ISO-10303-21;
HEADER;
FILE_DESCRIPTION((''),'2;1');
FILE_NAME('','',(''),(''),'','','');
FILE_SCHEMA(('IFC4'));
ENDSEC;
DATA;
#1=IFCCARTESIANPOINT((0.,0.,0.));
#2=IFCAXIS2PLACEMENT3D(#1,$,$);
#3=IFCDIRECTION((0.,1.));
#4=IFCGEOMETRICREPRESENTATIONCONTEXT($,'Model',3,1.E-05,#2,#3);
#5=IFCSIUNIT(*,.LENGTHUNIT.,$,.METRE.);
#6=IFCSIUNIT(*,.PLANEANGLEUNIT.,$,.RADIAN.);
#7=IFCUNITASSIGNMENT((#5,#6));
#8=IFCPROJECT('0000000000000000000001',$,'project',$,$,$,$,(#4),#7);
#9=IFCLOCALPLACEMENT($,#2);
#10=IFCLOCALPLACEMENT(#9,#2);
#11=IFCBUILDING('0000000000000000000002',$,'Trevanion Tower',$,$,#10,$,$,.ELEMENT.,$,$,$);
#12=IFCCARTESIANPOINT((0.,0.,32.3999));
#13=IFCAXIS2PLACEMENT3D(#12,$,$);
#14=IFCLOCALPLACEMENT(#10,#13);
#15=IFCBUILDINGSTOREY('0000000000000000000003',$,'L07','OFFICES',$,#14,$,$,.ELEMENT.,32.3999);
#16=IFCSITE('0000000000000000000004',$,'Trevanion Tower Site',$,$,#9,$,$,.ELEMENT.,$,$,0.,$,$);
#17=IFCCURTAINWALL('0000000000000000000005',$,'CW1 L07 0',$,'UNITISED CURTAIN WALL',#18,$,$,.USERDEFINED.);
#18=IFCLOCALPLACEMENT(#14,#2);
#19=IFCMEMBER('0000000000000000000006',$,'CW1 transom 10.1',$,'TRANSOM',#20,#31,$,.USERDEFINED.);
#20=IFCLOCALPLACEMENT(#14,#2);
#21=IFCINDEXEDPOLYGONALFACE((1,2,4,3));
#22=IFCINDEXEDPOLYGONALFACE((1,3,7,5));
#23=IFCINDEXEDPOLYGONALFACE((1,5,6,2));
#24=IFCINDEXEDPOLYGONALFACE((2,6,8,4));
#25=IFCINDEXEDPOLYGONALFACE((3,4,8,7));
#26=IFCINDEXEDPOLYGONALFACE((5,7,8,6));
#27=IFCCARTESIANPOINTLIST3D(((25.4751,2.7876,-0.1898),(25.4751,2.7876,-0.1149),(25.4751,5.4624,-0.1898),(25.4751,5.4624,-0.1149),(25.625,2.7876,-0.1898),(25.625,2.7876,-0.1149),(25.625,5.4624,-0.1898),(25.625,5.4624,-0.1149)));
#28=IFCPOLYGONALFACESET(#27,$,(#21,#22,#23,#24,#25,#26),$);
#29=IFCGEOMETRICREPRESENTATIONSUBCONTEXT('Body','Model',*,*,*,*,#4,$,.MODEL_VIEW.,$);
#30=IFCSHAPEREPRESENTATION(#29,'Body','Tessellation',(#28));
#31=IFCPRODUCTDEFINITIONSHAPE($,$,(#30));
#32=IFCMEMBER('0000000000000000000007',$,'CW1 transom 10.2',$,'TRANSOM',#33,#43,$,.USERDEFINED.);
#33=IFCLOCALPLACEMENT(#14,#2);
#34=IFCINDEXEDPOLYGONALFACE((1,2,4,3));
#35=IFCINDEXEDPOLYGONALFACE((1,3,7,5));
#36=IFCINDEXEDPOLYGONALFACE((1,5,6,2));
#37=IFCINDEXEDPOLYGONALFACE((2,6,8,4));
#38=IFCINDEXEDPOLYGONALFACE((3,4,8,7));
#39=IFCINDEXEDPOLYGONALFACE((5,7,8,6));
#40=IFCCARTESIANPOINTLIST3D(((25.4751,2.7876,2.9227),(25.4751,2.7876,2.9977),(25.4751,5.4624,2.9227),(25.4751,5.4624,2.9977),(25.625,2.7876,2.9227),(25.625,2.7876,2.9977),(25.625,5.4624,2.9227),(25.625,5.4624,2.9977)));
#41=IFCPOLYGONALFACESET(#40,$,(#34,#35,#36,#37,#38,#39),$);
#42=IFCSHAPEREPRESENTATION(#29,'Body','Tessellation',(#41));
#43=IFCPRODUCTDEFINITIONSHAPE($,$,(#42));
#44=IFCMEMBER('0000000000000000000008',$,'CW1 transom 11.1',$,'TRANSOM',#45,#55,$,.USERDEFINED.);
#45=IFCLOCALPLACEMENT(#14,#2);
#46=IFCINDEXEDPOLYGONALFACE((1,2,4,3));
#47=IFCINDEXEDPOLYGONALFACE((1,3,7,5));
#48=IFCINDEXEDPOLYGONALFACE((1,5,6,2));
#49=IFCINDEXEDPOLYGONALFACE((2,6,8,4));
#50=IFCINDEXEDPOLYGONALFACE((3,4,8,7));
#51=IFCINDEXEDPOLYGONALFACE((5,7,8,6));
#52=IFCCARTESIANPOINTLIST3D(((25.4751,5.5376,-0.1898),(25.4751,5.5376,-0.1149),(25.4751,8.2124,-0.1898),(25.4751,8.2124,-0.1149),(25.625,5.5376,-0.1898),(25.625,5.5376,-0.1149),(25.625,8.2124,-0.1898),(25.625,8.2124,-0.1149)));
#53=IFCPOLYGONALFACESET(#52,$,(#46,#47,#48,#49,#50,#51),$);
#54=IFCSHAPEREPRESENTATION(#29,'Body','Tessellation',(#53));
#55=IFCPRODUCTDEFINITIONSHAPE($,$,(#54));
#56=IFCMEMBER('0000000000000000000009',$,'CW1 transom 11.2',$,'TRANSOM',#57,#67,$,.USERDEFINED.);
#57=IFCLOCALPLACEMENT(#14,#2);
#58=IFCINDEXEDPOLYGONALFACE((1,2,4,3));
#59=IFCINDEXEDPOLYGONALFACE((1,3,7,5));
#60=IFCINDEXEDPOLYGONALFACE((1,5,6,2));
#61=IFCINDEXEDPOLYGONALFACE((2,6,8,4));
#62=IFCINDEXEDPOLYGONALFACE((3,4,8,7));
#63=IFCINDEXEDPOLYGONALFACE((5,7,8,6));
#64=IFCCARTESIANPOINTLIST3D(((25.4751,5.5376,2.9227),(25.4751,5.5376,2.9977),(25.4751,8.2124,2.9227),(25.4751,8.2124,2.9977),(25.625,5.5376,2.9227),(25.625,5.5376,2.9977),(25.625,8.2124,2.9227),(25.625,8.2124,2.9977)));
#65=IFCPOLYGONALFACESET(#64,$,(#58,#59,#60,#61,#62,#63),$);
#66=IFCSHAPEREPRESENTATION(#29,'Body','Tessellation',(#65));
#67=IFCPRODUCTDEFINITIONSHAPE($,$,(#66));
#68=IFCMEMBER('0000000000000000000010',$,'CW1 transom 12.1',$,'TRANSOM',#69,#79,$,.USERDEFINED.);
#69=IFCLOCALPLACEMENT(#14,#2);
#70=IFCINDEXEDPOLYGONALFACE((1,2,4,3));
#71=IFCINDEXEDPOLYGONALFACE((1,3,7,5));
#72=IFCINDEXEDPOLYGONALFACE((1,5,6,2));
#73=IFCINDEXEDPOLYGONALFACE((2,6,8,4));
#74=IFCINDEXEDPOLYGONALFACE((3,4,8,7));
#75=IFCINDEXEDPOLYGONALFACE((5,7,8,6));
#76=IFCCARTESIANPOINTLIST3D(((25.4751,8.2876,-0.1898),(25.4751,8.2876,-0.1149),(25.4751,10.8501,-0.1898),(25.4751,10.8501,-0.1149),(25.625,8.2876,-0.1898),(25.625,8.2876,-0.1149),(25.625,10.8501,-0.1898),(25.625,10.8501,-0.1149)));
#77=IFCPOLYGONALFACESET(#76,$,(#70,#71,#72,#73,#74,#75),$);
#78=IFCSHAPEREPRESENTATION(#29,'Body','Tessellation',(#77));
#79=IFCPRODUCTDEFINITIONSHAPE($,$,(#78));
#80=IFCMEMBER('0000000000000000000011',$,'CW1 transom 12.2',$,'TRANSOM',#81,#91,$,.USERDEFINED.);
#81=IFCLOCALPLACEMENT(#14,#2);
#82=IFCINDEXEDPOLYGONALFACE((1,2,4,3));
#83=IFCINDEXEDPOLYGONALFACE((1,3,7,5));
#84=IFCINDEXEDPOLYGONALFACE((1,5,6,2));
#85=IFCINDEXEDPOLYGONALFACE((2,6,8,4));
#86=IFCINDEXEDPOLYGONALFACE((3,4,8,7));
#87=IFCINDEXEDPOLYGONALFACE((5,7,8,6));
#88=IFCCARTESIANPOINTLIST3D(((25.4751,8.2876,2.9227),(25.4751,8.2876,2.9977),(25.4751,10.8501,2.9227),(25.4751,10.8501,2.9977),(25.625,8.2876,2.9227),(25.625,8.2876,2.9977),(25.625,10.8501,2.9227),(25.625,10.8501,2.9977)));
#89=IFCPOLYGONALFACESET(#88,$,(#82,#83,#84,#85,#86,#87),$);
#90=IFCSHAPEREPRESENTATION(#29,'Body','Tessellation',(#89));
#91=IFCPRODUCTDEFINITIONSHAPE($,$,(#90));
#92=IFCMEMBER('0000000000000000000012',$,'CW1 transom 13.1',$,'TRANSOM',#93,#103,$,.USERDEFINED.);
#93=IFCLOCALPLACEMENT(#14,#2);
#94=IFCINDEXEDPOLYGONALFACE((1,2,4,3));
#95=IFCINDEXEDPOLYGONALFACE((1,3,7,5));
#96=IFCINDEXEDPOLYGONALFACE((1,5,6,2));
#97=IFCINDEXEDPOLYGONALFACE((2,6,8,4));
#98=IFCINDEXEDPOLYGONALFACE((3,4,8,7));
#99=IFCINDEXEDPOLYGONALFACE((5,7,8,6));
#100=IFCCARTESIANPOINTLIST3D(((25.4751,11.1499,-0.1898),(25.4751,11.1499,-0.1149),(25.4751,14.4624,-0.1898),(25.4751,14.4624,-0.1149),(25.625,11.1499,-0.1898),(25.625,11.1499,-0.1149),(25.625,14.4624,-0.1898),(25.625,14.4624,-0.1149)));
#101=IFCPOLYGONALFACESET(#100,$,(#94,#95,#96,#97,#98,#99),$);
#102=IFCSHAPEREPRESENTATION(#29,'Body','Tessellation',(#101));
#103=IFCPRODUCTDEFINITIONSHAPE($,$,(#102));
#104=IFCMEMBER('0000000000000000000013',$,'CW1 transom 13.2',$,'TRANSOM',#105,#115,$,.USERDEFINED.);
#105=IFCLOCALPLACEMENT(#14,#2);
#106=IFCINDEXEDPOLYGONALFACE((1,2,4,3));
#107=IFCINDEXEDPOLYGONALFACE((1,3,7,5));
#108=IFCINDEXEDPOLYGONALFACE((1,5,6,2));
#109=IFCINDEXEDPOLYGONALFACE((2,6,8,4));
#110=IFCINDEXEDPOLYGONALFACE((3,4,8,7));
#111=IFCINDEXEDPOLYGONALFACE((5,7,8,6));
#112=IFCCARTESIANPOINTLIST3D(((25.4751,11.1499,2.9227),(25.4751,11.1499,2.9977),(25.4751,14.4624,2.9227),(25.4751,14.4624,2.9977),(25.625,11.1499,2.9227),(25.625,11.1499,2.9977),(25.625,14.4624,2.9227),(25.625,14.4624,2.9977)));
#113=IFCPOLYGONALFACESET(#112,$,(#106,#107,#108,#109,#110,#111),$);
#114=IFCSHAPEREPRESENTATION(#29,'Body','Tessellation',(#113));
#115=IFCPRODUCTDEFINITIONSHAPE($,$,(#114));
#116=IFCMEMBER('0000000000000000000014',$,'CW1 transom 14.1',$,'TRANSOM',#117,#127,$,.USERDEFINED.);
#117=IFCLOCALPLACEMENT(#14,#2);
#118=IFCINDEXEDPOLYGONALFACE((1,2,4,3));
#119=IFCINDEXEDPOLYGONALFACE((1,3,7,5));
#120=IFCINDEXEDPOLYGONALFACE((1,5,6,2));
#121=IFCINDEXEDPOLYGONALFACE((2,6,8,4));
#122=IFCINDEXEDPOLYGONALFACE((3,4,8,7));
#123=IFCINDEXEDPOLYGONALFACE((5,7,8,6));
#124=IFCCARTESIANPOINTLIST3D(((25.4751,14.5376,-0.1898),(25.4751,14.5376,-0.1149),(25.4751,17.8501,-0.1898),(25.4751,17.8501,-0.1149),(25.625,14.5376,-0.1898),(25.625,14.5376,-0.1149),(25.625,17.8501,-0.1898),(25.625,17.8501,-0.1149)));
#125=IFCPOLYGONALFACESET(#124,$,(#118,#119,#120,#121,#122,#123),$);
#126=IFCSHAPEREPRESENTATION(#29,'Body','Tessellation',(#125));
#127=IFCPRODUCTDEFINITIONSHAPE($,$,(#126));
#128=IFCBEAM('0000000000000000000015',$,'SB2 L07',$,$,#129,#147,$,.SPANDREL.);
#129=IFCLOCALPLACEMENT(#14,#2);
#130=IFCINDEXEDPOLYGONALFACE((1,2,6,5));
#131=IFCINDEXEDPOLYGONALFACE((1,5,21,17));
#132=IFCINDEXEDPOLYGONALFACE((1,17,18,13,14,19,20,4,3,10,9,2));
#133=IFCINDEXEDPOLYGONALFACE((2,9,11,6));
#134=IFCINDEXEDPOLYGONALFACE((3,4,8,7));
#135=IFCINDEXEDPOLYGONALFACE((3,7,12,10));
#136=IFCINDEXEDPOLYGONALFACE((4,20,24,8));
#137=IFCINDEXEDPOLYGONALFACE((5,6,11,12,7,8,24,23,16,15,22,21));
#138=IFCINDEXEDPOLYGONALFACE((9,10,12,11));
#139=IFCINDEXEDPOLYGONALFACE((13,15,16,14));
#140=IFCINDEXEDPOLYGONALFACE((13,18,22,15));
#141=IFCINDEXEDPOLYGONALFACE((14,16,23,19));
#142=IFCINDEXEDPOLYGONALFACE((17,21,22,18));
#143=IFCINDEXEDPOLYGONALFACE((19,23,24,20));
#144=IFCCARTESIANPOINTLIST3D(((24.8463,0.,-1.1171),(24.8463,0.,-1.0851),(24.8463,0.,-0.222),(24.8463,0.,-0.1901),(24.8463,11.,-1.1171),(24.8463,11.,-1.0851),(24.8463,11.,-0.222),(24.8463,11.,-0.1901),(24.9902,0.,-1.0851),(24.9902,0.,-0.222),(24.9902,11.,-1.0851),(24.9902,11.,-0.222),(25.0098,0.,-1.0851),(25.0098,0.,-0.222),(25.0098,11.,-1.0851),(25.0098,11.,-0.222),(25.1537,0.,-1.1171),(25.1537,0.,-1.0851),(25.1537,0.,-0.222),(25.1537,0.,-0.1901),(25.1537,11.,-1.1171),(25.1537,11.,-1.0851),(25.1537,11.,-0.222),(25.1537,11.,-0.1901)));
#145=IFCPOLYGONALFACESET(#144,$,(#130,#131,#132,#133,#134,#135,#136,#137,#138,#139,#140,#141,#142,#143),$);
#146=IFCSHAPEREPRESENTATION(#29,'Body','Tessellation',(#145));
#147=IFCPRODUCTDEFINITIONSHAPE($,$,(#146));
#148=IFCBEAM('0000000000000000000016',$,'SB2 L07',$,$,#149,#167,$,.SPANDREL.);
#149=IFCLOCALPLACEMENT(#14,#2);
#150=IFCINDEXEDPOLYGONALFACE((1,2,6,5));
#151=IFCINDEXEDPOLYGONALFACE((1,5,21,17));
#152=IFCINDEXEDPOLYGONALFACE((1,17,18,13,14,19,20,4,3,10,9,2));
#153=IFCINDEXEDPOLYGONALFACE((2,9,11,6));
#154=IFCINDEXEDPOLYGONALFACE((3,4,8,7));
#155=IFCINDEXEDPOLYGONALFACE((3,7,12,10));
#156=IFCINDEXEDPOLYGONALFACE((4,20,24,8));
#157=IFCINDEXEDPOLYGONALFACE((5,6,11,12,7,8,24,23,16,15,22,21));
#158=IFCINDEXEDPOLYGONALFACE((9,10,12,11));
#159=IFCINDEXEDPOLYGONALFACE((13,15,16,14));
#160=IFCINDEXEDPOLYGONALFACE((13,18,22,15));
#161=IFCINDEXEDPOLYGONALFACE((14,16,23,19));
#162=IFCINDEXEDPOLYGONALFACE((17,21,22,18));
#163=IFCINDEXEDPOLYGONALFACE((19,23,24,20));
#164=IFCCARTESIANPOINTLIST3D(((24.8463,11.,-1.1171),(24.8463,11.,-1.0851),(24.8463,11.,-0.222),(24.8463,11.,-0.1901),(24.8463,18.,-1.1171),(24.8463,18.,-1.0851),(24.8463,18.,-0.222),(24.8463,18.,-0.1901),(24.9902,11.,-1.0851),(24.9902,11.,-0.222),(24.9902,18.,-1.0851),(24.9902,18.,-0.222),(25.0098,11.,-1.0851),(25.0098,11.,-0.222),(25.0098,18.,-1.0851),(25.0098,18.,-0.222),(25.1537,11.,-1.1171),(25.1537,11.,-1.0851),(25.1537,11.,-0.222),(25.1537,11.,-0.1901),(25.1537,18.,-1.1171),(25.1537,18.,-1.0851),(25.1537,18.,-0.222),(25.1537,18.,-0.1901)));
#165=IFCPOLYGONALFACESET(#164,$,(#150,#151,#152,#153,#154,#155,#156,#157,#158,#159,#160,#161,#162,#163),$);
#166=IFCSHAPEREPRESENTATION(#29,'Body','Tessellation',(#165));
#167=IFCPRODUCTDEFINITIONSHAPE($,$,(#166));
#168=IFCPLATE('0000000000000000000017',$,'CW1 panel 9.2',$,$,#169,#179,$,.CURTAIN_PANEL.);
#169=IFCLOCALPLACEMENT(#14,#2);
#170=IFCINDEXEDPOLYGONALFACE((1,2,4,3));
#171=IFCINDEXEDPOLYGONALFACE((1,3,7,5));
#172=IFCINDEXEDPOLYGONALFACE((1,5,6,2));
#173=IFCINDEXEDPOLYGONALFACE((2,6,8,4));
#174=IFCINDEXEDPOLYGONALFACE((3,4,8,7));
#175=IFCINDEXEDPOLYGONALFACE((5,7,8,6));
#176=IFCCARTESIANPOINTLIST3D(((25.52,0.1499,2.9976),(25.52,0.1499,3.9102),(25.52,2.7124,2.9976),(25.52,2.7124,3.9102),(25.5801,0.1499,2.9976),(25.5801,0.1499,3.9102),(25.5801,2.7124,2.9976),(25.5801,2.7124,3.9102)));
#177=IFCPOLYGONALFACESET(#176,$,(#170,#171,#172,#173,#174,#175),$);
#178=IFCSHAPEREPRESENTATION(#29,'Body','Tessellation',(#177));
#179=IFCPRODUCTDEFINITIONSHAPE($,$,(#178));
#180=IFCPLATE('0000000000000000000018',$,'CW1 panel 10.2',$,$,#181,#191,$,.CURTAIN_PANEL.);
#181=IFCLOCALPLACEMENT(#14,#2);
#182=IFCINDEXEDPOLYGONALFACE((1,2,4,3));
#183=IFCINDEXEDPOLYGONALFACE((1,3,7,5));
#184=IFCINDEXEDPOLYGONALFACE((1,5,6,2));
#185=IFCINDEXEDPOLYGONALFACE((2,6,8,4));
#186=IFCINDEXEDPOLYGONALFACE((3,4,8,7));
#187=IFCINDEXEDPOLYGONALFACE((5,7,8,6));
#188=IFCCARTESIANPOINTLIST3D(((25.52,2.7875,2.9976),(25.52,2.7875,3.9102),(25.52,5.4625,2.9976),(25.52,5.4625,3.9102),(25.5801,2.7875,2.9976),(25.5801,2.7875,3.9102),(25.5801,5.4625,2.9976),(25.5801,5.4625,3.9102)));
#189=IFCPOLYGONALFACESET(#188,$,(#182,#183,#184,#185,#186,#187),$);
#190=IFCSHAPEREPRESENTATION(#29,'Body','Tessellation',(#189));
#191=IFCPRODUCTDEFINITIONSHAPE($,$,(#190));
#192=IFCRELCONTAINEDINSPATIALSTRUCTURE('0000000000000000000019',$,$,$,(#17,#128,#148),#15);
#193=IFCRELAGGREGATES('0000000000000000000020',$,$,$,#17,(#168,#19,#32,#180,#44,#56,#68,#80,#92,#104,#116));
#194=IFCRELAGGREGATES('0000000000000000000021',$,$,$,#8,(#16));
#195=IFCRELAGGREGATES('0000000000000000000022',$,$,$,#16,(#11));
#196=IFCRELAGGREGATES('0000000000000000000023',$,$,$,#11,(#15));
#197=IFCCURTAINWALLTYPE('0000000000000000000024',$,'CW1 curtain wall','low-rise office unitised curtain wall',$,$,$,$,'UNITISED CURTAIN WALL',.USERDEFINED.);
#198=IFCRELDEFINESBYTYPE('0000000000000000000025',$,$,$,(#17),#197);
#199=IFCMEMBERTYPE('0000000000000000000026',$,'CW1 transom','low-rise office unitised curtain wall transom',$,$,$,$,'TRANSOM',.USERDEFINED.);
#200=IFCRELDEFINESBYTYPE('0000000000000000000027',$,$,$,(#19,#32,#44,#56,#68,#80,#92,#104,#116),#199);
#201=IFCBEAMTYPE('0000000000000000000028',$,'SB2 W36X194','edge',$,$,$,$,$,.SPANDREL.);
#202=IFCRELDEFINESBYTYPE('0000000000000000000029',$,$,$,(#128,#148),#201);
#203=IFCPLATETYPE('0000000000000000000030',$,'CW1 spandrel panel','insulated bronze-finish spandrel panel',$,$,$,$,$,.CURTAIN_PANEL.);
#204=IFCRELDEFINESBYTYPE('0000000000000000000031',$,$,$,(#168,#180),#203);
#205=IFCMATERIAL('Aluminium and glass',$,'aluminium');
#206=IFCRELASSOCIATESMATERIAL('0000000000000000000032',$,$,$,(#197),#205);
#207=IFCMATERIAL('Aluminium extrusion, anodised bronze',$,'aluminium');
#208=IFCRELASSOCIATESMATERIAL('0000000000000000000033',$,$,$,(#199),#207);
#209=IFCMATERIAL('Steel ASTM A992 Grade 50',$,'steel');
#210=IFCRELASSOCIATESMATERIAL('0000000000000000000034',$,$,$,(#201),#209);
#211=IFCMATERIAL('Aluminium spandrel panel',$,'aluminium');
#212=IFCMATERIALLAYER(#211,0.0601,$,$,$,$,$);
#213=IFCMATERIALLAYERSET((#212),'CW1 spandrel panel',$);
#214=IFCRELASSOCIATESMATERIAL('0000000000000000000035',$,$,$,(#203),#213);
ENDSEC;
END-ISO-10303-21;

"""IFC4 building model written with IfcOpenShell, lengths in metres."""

from ifc_helpers import new_model, si_unit, direction, frame, origin, origin_2d, place, context, subcontext, project, spatial, rectangle, i_section, extrude, material, layer, layer_set, material_profile, profile_set, type_object, element, aggregate, save


model = new_model("IFC4")

# Units and contexts
model_context = context("Model", 3, precision=1e-05, world=origin(), true_north=direction((0.0, 1.0)))
body_context = subcontext(model_context, "Body", "Model", "MODEL_VIEW")
ifc_project = project(units=[si_unit("LENGTHUNIT", "METRE"), si_unit("PLANEANGLEUNIT", "RADIAN")], contexts=[model_context])

# Site, building, storey
site_placement = place(None, origin())
site = spatial("IfcSite", under=ifc_project, at=site_placement, Name="Trevanion Tower Site", CompositionType="ELEMENT", RefElevation=0.0)
building_placement = place(site_placement, origin())
building = spatial("IfcBuilding", under=site, at=building_placement, Name="Trevanion Tower", CompositionType="ELEMENT")
storey_placement = place(building_placement, frame((0.0, 0.0, 32.3999)))
storey = spatial("IfcBuildingStorey", under=building, at=storey_placement, Name="L07", Description="OFFICES", CompositionType="ELEMENT", Elevation=32.3999)

# Curtain wall, members
ifc_material_1 = material(Name="Aluminium and glass", Category="aluminium")
curtain_wall_type = type_object("IfcCurtainWallType", Name="CW1 curtain wall", Description="low-rise office unitised curtain wall", ElementType="UNITISED CURTAIN WALL", PredefinedType="USERDEFINED", material=ifc_material_1)
curtain_wall_placement = place(storey_placement, origin())
curtain_wall = element("IfcCurtainWall", 1, at=curtain_wall_placement, inside=storey, type_object=curtain_wall_type, Name="CW1 L07 0", ObjectType="UNITISED CURTAIN WALL", PredefinedType="USERDEFINED")
ifc_material_2 = material(Name="Aluminium extrusion, anodised bronze", Category="aluminium")
ifc_material_profile_1 = material_profile(ifc_material_2, rectangle(XDim=0.1499, YDim=0.075, at=origin_2d()), Name="CW1 transom")
ifc_profile_set_1 = profile_set([ifc_material_profile_1], Name="Aluminium extrusion, anodised bronze")
member_type_1 = type_object("IfcMemberType", Name="CW1 transom", Description="low-rise office unitised curtain wall transom", ElementType="TRANSOM", PredefinedType="USERDEFINED", material=ifc_profile_set_1)
member_1_placement = place(storey_placement, frame((25.55, 2.7876, -0.1523), z_axis=(0.0, 1.0, 0.0), x_axis=(-1.0, 0.0, 0.0)))
member_1 = element("IfcMember", 2, at=member_1_placement, type_object=member_type_1, Name="CW1 transom 10.1", ObjectType="TRANSOM", PredefinedType="USERDEFINED", context=body_context, shape_type="SweptSolid", body=[
    extrude(rectangle(XDim=0.1499, YDim=0.075, at=origin_2d()), origin(), (0.0, 0.0, 1.0), 2.6748),
])
member_2_placement = place(storey_placement, frame((25.55, 2.7876, 2.9602), z_axis=(0.0, 1.0, 0.0), x_axis=(-1.0, 0.0, 0.0)))
member_2 = element("IfcMember", 3, at=member_2_placement, type_object=member_type_1, Name="CW1 transom 10.2", ObjectType="TRANSOM", PredefinedType="USERDEFINED", context=body_context, shape_type="SweptSolid", body=[
    extrude(rectangle(XDim=0.1499, YDim=0.075, at=origin_2d()), origin(), (0.0, 0.0, 1.0), 2.6748),
])
member_3_placement = place(storey_placement, frame((25.55, 5.5376, -0.1523), z_axis=(0.0, 1.0, 0.0), x_axis=(-1.0, 0.0, 0.0)))
member_3 = element("IfcMember", 4, at=member_3_placement, type_object=member_type_1, Name="CW1 transom 11.1", ObjectType="TRANSOM", PredefinedType="USERDEFINED", context=body_context, shape_type="SweptSolid", body=[
    extrude(rectangle(XDim=0.1499, YDim=0.075, at=origin_2d()), origin(), (0.0, 0.0, 1.0), 2.6748),
])
member_4_placement = place(storey_placement, frame((25.55, 5.5376, 2.9602), z_axis=(0.0, 1.0, 0.0), x_axis=(-1.0, 0.0, 0.0)))
member_4 = element("IfcMember", 5, at=member_4_placement, type_object=member_type_1, Name="CW1 transom 11.2", ObjectType="TRANSOM", PredefinedType="USERDEFINED", context=body_context, shape_type="SweptSolid", body=[
    extrude(rectangle(XDim=0.1499, YDim=0.075, at=origin_2d()), origin(), (0.0, 0.0, 1.0), 2.6748),
])
member_5_placement = place(storey_placement, frame((25.55, 8.2876, -0.1523), z_axis=(0.0, 1.0, 0.0), x_axis=(-1.0, 0.0, 0.0)))
member_5 = element("IfcMember", 6, at=member_5_placement, type_object=member_type_1, Name="CW1 transom 12.1", ObjectType="TRANSOM", PredefinedType="USERDEFINED", context=body_context, shape_type="SweptSolid", body=[
    extrude(rectangle(XDim=0.1499, YDim=0.075, at=origin_2d()), origin(), (0.0, 0.0, 1.0), 2.5625),
])
member_6_placement = place(storey_placement, frame((25.55, 8.2876, 2.9602), z_axis=(0.0, 1.0, 0.0), x_axis=(-1.0, 0.0, 0.0)))
member_6 = element("IfcMember", 7, at=member_6_placement, type_object=member_type_1, Name="CW1 transom 12.2", ObjectType="TRANSOM", PredefinedType="USERDEFINED", context=body_context, shape_type="SweptSolid", body=[
    extrude(rectangle(XDim=0.1499, YDim=0.075, at=origin_2d()), origin(), (0.0, 0.0, 1.0), 2.5625),
])
member_7_placement = place(storey_placement, frame((25.55, 11.1499, -0.1523), z_axis=(0.0, 1.0, 0.0), x_axis=(-1.0, 0.0, 0.0)))
member_7 = element("IfcMember", 8, at=member_7_placement, type_object=member_type_1, Name="CW1 transom 13.1", ObjectType="TRANSOM", PredefinedType="USERDEFINED", context=body_context, shape_type="SweptSolid", body=[
    extrude(rectangle(XDim=0.1499, YDim=0.075, at=origin_2d()), origin(), (0.0, 0.0, 1.0), 3.3125),
])
member_8_placement = place(storey_placement, frame((25.55, 11.1499, 2.9602), z_axis=(0.0, 1.0, 0.0), x_axis=(-1.0, 0.0, 0.0)))
member_8 = element("IfcMember", 9, at=member_8_placement, type_object=member_type_1, Name="CW1 transom 13.2", ObjectType="TRANSOM", PredefinedType="USERDEFINED", context=body_context, shape_type="SweptSolid", body=[
    extrude(rectangle(XDim=0.1499, YDim=0.075, at=origin_2d()), origin(), (0.0, 0.0, 1.0), 3.3125),
])
member_9_placement = place(storey_placement, frame((25.55, 14.5376, -0.1523), z_axis=(0.0, 1.0, 0.0), x_axis=(-1.0, 0.0, 0.0)))
member_9 = element("IfcMember", 10, at=member_9_placement, type_object=member_type_1, Name="CW1 transom 14.1", ObjectType="TRANSOM", PredefinedType="USERDEFINED", context=body_context, shape_type="SweptSolid", body=[
    extrude(rectangle(XDim=0.1499, YDim=0.075, at=origin_2d()), origin(), (0.0, 0.0, 1.0), 3.3125),
])

# Beams
ifc_material_3 = material(Name="Steel ASTM A992 Grade 50", Category="steel")
ifc_material_profile_2 = material_profile(ifc_material_3, i_section(OverallWidth=0.3074, OverallDepth=0.927, WebThickness=0.0195, FlangeThickness=0.032, at=origin_2d()), Name="W36X194")
ifc_profile_set_2 = profile_set([ifc_material_profile_2], Name="Steel ASTM A992 Grade 50")
beam_type_1 = type_object("IfcBeamType", Name="SB2 W36X194", Description="edge", PredefinedType="SPANDREL", material=ifc_profile_set_2)
beam_1_placement = place(storey_placement, frame((25.0, 0.0, -0.6536), z_axis=(0.0, 1.0, 0.0), x_axis=(-1.0, 0.0, 0.0)))
element("IfcBeam", 11, at=beam_1_placement, inside=storey, type_object=beam_type_1, Name="SB2 L07", PredefinedType="SPANDREL", context=body_context, shape_type="SweptSolid", body=[
    extrude(i_section(OverallWidth=0.3074, OverallDepth=0.927, WebThickness=0.0195, FlangeThickness=0.032, at=origin_2d()), origin(), (0.0, 0.0, 1.0), 11.0),
])
beam_2_placement = place(storey_placement, frame((25.0, 11.0, -0.6536), z_axis=(0.0, 1.0, 0.0), x_axis=(-1.0, 0.0, 0.0)))
element("IfcBeam", 12, at=beam_2_placement, inside=storey, type_object=beam_type_1, Name="SB2 L07", PredefinedType="SPANDREL", context=body_context, shape_type="SweptSolid", body=[
    extrude(i_section(OverallWidth=0.3074, OverallDepth=0.927, WebThickness=0.0195, FlangeThickness=0.032, at=origin_2d()), origin(), (0.0, 0.0, 1.0), 7.0),
])

# Plates
ifc_material_4 = material(Name="Aluminium spandrel panel", Category="aluminium")
ifc_layer_1 = layer(ifc_material_4, 0.0601)
ifc_layer_set_1 = layer_set([ifc_layer_1], Name="CW1 spandrel panel")
plate_type_1 = type_object("IfcPlateType", Name="CW1 spandrel panel", Description="insulated bronze-finish spandrel panel", PredefinedType="CURTAIN_PANEL", material=ifc_layer_set_1)
plate_1_placement = place(storey_placement, frame((25.55, 1.4312, 2.9976), z_axis=(0.0, 0.0, 1.0), x_axis=(0.0, 1.0, 0.0)))
plate_1 = element("IfcPlate", 13, at=plate_1_placement, type_object=plate_type_1, Name="CW1 panel 9.2", PredefinedType="CURTAIN_PANEL", context=body_context, shape_type="SweptSolid", body=[
    extrude(rectangle(XDim=2.5625, YDim=0.0601, at=origin_2d()), origin(), (0.0, 0.0, 1.0), 0.9126),
])
plate_2_placement = place(storey_placement, frame((25.55, 4.125, 2.9976), z_axis=(0.0, 0.0, 1.0), x_axis=(0.0, 1.0, 0.0)))
plate_2 = element("IfcPlate", 14, at=plate_2_placement, type_object=plate_type_1, Name="CW1 panel 10.2", PredefinedType="CURTAIN_PANEL", context=body_context, shape_type="SweptSolid", body=[
    extrude(rectangle(XDim=2.675, YDim=0.0601, at=origin_2d()), origin(), (0.0, 0.0, 1.0), 0.9126),
])
aggregate(curtain_wall, [plate_1, member_1, member_2, plate_2, member_3, member_4, member_5, member_6, member_7, member_8, member_9])

save(model, "model.ifc")
